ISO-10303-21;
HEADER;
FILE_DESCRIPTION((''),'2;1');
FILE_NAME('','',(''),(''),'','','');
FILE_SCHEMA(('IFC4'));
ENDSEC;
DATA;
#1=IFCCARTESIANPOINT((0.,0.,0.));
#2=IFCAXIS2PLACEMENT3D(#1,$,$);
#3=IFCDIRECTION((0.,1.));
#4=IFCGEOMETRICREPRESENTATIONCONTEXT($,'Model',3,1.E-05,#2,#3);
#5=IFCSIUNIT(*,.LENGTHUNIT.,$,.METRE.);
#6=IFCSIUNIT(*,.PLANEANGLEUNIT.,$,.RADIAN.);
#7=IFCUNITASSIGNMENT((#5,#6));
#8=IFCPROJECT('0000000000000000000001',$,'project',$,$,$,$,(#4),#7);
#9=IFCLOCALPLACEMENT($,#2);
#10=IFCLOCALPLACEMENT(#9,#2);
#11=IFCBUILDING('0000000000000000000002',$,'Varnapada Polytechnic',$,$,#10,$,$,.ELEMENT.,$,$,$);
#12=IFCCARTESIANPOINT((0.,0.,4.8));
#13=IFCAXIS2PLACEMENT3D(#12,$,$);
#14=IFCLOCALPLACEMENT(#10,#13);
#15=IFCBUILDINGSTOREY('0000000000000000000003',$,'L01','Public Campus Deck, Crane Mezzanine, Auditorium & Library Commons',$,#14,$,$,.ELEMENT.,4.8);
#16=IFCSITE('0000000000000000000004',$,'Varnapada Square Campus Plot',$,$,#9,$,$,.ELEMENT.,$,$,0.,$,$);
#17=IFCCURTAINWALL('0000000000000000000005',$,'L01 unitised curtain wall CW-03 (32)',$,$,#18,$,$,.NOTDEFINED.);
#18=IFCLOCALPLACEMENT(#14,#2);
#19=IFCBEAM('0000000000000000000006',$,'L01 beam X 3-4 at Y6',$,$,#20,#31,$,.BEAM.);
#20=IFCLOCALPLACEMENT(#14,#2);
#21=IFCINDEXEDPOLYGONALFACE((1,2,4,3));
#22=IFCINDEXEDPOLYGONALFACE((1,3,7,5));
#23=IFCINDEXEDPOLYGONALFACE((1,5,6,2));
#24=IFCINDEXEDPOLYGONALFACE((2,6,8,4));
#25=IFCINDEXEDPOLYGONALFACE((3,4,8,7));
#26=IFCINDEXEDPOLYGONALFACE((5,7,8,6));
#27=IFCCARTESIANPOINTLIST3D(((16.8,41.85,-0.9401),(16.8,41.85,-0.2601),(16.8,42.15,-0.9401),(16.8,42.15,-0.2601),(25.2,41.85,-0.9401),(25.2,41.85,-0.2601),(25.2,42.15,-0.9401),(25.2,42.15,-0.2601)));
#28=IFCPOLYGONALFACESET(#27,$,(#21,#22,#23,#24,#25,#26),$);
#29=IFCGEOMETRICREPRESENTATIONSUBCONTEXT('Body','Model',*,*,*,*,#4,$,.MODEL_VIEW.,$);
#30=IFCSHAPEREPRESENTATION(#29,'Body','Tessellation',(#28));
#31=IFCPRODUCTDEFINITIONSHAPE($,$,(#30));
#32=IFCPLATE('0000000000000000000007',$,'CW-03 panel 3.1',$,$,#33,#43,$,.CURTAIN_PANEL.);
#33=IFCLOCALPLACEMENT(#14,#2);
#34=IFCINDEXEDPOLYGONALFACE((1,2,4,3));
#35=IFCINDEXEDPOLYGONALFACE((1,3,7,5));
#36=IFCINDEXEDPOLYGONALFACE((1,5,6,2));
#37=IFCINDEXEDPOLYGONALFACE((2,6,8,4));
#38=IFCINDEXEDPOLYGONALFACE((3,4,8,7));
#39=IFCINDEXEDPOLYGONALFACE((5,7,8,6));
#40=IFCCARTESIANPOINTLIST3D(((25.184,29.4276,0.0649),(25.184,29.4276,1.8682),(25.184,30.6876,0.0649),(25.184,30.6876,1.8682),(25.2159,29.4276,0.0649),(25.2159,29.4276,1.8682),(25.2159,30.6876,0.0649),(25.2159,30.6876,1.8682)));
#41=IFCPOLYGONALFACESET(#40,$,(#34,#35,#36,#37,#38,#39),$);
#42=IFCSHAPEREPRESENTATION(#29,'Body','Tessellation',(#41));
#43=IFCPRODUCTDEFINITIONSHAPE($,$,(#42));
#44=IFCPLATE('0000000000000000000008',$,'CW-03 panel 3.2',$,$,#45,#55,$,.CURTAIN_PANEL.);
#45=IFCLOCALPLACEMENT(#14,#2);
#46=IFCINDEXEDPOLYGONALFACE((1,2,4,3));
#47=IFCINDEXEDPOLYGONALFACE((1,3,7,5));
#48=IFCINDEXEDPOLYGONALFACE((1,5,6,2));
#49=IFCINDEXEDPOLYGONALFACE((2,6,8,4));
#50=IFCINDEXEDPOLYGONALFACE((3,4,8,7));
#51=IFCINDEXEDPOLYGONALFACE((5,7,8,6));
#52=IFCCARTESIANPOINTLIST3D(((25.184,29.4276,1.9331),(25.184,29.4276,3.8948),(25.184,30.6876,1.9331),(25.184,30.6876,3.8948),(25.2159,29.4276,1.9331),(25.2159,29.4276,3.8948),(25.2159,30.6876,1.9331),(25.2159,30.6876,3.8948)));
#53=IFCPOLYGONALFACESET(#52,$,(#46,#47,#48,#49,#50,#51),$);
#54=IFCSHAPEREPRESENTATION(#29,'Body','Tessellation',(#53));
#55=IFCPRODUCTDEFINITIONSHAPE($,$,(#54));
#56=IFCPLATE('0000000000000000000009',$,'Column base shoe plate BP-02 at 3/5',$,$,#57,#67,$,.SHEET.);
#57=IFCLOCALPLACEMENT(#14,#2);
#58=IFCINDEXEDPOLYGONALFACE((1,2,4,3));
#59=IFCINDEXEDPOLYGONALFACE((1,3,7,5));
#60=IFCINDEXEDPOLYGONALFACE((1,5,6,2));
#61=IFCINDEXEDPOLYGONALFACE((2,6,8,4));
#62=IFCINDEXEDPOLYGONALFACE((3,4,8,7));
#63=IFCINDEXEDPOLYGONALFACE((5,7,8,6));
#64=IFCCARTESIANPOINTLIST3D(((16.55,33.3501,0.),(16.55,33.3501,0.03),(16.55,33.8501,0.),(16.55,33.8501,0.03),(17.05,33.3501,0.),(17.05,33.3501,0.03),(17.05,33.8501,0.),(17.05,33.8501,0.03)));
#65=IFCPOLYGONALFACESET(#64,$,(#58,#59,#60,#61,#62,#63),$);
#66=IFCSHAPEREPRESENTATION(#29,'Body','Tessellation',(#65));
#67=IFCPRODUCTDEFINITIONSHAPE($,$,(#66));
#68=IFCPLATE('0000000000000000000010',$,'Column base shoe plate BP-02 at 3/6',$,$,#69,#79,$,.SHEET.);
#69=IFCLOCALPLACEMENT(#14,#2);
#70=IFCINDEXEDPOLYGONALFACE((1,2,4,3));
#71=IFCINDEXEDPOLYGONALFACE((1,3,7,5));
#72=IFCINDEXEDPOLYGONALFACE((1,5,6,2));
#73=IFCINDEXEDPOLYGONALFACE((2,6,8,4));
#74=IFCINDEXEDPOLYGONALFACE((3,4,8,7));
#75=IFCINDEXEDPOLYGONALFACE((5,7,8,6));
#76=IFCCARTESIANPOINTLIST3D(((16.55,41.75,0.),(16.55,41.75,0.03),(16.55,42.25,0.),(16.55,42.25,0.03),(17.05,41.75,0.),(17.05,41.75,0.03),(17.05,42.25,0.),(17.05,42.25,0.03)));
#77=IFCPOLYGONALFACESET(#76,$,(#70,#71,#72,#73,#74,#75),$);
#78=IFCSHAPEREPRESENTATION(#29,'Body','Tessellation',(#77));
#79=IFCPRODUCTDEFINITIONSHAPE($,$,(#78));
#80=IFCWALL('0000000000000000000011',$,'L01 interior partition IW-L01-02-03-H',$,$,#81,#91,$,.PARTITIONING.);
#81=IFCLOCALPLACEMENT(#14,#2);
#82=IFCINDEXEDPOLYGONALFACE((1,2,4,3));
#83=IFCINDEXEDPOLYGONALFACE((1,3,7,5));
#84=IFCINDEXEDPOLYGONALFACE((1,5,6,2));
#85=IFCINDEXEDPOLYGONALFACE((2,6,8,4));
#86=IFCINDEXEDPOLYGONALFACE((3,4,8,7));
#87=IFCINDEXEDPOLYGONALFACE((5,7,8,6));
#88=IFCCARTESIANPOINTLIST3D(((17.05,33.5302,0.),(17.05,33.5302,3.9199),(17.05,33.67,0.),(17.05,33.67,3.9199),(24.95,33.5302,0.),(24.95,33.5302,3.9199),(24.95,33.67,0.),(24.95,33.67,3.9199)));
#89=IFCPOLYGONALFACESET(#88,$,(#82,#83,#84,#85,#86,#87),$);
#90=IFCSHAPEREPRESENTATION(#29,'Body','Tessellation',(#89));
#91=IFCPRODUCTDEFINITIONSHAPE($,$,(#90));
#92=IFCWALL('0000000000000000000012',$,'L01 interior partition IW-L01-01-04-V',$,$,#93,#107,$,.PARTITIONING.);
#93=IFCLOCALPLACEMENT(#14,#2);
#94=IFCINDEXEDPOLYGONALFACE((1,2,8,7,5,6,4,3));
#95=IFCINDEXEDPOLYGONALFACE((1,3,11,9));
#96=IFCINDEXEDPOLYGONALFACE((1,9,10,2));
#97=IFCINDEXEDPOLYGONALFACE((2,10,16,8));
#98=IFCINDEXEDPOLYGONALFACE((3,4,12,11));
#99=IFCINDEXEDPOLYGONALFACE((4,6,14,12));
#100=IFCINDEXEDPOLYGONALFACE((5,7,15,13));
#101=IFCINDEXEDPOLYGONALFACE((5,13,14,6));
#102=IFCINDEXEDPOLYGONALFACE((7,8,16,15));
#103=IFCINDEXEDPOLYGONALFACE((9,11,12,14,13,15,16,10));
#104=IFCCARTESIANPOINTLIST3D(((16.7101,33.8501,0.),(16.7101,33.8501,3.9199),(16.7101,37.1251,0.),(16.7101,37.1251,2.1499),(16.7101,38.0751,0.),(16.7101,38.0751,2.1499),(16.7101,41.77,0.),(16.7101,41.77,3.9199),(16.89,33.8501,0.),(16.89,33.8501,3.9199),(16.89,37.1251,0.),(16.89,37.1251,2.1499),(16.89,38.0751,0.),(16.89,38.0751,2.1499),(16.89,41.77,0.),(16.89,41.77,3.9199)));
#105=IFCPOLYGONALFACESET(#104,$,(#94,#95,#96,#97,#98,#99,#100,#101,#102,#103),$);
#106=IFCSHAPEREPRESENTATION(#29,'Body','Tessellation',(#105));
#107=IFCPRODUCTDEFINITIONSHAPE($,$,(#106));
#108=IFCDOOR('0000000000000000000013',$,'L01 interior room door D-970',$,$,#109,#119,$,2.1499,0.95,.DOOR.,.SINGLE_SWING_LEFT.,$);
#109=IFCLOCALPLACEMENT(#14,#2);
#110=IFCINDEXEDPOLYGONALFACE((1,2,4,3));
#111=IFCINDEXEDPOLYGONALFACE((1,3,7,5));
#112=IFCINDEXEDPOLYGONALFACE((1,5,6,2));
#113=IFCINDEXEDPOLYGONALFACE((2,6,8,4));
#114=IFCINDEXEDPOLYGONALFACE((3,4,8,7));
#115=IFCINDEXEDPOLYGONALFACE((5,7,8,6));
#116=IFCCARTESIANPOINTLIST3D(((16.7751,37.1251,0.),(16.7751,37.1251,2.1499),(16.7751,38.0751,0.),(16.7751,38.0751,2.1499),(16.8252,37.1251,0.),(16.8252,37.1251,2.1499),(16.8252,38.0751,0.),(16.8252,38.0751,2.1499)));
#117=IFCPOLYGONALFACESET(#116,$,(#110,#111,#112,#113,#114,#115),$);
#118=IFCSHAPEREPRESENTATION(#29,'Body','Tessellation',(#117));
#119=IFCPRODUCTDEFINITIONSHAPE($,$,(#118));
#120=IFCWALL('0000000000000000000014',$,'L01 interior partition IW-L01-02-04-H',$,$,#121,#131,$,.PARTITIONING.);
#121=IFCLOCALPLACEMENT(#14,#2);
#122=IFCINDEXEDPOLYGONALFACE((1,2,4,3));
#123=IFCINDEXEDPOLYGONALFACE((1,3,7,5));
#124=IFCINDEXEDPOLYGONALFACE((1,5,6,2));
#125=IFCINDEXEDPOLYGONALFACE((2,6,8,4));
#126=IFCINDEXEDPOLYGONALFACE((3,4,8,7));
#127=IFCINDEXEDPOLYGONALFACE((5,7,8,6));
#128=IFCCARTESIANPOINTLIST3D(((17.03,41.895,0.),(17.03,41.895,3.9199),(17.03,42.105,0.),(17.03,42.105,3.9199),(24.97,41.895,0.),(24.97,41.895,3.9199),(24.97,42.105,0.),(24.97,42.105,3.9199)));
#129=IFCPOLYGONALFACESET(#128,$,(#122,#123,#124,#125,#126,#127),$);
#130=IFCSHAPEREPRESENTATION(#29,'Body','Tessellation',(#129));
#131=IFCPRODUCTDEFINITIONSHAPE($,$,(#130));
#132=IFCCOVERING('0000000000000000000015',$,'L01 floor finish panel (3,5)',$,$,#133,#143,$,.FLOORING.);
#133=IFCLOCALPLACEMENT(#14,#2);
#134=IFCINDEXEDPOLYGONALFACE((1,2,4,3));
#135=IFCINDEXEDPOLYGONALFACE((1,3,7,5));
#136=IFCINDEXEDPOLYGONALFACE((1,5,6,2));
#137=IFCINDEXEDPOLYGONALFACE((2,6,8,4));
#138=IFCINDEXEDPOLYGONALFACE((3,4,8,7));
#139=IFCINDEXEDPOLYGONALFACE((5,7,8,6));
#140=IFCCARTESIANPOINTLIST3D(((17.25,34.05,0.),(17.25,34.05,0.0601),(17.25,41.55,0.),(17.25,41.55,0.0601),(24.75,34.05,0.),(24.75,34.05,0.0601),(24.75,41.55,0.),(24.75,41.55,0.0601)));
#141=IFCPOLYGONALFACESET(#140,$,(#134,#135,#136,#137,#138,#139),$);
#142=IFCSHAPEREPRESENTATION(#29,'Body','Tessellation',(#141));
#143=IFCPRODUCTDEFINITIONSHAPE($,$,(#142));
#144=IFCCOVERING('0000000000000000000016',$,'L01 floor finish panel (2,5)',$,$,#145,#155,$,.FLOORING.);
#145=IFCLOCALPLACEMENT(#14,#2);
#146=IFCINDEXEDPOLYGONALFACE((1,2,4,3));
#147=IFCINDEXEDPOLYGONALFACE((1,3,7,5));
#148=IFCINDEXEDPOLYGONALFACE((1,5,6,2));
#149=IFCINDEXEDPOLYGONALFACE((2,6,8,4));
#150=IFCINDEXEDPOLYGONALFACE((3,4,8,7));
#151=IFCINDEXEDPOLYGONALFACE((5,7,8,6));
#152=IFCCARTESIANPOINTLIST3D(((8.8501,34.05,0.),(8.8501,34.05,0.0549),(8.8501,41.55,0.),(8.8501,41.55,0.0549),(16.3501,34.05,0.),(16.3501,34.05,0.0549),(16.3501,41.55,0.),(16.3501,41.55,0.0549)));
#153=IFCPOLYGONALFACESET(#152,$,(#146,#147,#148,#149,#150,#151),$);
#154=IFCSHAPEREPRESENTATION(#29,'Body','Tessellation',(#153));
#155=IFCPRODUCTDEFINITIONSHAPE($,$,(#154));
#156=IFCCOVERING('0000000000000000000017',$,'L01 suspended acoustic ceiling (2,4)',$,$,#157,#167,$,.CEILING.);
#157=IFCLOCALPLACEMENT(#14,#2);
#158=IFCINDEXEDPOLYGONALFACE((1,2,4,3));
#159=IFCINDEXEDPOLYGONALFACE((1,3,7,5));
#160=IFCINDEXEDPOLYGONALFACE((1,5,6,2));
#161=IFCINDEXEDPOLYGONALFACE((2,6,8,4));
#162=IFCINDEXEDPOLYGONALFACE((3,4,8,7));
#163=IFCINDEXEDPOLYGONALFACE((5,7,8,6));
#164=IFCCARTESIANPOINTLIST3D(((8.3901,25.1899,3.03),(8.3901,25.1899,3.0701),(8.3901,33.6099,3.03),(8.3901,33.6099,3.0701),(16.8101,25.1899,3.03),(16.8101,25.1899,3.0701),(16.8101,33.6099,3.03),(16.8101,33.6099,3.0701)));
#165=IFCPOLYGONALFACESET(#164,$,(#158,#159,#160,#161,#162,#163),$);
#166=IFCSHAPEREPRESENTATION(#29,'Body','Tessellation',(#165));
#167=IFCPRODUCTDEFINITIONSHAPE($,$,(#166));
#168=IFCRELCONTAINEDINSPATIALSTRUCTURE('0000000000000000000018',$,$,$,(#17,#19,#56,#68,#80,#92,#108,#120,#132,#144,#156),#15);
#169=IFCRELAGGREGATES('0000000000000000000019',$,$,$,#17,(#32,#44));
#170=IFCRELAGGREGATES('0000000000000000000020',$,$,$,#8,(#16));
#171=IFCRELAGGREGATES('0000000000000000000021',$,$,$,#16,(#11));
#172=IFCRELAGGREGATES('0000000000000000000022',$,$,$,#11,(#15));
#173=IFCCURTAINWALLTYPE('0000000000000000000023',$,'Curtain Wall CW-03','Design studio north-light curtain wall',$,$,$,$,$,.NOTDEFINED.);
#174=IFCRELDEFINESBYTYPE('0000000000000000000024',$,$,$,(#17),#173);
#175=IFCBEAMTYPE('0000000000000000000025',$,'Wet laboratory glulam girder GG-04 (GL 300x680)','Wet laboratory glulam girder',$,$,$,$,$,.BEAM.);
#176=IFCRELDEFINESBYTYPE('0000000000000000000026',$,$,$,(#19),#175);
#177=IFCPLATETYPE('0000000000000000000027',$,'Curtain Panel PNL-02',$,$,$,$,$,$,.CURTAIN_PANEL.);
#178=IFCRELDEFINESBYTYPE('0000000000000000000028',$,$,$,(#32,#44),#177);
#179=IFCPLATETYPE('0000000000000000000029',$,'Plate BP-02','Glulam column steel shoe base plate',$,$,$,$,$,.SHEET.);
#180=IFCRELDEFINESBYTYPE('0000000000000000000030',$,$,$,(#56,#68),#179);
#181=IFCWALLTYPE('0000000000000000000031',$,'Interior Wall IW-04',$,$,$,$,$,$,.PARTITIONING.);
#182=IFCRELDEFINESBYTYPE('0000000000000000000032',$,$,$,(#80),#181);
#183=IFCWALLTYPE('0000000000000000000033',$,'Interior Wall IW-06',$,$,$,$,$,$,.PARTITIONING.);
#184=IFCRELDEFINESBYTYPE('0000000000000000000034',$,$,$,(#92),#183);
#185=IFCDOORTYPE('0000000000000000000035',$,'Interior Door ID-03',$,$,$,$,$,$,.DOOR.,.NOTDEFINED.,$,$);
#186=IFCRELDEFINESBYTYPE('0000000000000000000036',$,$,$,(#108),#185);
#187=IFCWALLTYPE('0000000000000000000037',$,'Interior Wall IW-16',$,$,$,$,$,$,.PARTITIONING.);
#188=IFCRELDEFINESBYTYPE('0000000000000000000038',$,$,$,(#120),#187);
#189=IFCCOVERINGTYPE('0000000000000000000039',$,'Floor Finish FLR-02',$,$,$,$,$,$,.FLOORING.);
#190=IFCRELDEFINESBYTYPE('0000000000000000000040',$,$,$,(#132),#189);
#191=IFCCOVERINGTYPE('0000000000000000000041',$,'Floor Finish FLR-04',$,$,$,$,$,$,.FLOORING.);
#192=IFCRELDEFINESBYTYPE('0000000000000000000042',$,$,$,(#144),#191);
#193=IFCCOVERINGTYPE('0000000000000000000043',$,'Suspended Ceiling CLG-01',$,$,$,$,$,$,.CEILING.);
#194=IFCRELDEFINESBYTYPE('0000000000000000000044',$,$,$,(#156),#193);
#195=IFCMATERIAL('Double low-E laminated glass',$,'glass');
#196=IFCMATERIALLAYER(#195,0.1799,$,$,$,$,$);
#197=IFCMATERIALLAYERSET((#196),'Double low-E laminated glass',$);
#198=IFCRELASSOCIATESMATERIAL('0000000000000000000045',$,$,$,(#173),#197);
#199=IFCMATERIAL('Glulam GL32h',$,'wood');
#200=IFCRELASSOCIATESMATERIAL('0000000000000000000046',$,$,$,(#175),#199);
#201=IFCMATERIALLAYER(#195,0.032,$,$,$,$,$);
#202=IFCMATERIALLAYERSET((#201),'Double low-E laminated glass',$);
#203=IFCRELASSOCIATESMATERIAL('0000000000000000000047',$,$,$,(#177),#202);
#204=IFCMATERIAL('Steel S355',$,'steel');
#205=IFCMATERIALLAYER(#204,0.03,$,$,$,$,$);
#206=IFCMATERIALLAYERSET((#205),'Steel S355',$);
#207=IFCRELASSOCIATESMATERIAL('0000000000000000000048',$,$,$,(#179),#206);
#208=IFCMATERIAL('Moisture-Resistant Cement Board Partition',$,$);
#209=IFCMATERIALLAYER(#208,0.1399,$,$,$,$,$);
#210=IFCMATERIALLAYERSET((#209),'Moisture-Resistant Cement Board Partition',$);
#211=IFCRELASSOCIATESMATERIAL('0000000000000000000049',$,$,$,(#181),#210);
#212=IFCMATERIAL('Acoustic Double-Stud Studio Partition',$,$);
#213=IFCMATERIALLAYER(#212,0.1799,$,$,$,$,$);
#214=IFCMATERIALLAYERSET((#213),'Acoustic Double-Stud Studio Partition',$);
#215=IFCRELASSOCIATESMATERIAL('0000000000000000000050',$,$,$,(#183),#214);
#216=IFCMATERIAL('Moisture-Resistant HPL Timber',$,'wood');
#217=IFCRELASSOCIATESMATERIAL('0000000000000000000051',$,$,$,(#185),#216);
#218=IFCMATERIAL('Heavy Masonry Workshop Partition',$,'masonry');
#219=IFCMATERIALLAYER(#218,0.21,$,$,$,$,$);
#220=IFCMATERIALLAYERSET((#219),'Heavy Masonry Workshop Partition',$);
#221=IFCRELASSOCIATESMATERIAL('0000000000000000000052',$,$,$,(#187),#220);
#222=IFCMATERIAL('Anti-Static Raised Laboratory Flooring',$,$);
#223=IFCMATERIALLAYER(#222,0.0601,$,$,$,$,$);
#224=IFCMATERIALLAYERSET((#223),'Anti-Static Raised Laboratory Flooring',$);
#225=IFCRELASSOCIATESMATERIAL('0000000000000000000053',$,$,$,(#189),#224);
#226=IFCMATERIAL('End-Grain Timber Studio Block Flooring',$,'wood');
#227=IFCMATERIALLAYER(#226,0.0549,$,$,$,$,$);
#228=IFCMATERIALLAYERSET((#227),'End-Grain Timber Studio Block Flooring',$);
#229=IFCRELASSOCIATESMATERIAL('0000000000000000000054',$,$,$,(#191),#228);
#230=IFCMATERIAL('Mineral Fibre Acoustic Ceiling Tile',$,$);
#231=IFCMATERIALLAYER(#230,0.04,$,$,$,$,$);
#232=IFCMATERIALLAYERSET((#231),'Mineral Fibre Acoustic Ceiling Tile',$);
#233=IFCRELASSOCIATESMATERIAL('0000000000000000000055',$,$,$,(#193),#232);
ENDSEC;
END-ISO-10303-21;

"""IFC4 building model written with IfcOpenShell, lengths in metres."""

from ifc_helpers import new_model, si_unit, direction, frame, frame_2d, origin, origin_2d, place, context, subcontext, project, spatial, rectangle, extrude, material, layer, layer_set, material_profile, profile_set, type_object, element, fill, aggregate, save


model = new_model("IFC4")

# Units and contexts
model_context = context("Model", 3, precision=1e-05, world=origin(), true_north=direction((0.0, 1.0)))
body_context = subcontext(model_context, "Body", "Model", "MODEL_VIEW")
ifc_project = project(units=[si_unit("LENGTHUNIT", "METRE"), si_unit("PLANEANGLEUNIT", "RADIAN")], contexts=[model_context])

# Site, building, storey
site_placement = place(None, origin())
site = spatial("IfcSite", under=ifc_project, at=site_placement, Name="Varnapada Square Campus Plot", CompositionType="ELEMENT", RefElevation=0.0)
building_placement = place(site_placement, origin())
building = spatial("IfcBuilding", under=site, at=building_placement, Name="Varnapada Polytechnic", CompositionType="ELEMENT")
storey_placement = place(building_placement, frame((0.0, 0.0, 4.8)))
storey = spatial("IfcBuildingStorey", under=building, at=storey_placement, Name="L01", Description="Public Campus Deck, Crane Mezzanine, Auditorium & Library Commons", CompositionType="ELEMENT", Elevation=4.8)

# Shared definitions
ifc_material_1 = material(Name="Glulam GL32h", Category="wood")

# Curtain wall
ifc_material_2 = material(Name="Double low-E laminated glass", Category="glass")
ifc_layer_1 = layer(ifc_material_2, 0.1799)
ifc_layer_set_1 = layer_set([ifc_layer_1], Name="Double low-E laminated glass")
curtain_wall_type = type_object("IfcCurtainWallType", Name="Curtain Wall CW-03", Description="Design studio north-light curtain wall", PredefinedType="NOTDEFINED", material=ifc_layer_set_1)
curtain_wall_placement = place(storey_placement, origin())
curtain_wall = element("IfcCurtainWall", 1, at=curtain_wall_placement, inside=storey, type_object=curtain_wall_type, Name="L01 unitised curtain wall CW-03 (32)", PredefinedType="NOTDEFINED")

# Beam
ifc_material_profile_1 = material_profile(ifc_material_1, rectangle(XDim=0.3, YDim=0.6799, at=origin_2d()), Name="GL 300x680")
ifc_profile_set_1 = profile_set([ifc_material_profile_1], Name="Glulam GL32h")
beam_type_1 = type_object("IfcBeamType", Name="Wet laboratory glulam girder GG-04 (GL 300x680)", Description="Wet laboratory glulam girder", PredefinedType="BEAM", material=ifc_profile_set_1)
for number, where, z_axis, x_axis, name in (
    (2, (16.8, 42.0, -0.6001), (1.0, 0.0, 0.0), (0.0, 1.0, 0.0), "L01 beam X 3-4 at Y6"),
):
    element("IfcBeam", number, at=place(storey_placement, frame(where, z_axis=z_axis, x_axis=x_axis)), inside=storey, type_object=beam_type_1, Name=name, PredefinedType="BEAM", context=body_context, shape_type="SweptSolid", body=[
        extrude(rectangle(XDim=0.3, YDim=0.6799, at=origin_2d()), origin(), (0.0, 0.0, 1.0), 8.3999),
    ])

# Plates
ifc_layer_2 = layer(ifc_material_2, 0.032)
ifc_layer_set_2 = layer_set([ifc_layer_2], Name="Double low-E laminated glass")
plate_type_1 = type_object("IfcPlateType", Name="Curtain Panel PNL-02", PredefinedType="CURTAIN_PANEL", material=ifc_layer_set_2)
plate_1_placement = place(storey_placement, frame((25.2, 30.0576, 0.0649), z_axis=(0.0, 0.0, 1.0), x_axis=(0.0, -1.0, 0.0)))
plate_1 = element("IfcPlate", 3, at=plate_1_placement, type_object=plate_type_1, Name="CW-03 panel 3.1", PredefinedType="CURTAIN_PANEL", context=body_context, shape_type="SweptSolid", body=[
    extrude(rectangle(XDim=1.26, YDim=0.032, at=origin_2d()), origin(), (0.0, 0.0, 1.0), 1.8032),
])
plate_2_placement = place(storey_placement, frame((25.2, 30.0576, 1.9331), z_axis=(0.0, 0.0, 1.0), x_axis=(0.0, -1.0, 0.0)))
plate_2 = element("IfcPlate", 4, at=plate_2_placement, type_object=plate_type_1, Name="CW-03 panel 3.2", PredefinedType="CURTAIN_PANEL", context=body_context, shape_type="SweptSolid", body=[
    extrude(rectangle(XDim=1.26, YDim=0.032, at=origin_2d()), origin(), (0.0, 0.0, 1.0), 1.9617),
])
aggregate(curtain_wall, [plate_1, plate_2])

# Plates
ifc_material_3 = material(Name="Steel S355", Category="steel")
ifc_layer_3 = layer(ifc_material_3, 0.03)
ifc_layer_set_3 = layer_set([ifc_layer_3], Name="Steel S355")
plate_type_2 = type_object("IfcPlateType", Name="Plate BP-02", Description="Glulam column steel shoe base plate", PredefinedType="SHEET", material=ifc_layer_set_3)
for number, where, z_axis, x_axis, name in (
    (5, (16.8, 33.6001, 0.0), (0.0, 0.0, 1.0), (1.0, 0.0, 0.0), "Column base shoe plate BP-02 at 3/5"),
    (6, (16.8, 42.0, 0.0), (0.0, 0.0, 1.0), (1.0, 0.0, 0.0), "Column base shoe plate BP-02 at 3/6"),
):
    element("IfcPlate", number, at=place(storey_placement, frame(where, z_axis=z_axis, x_axis=x_axis)), inside=storey, type_object=plate_type_2, Name=name, PredefinedType="SHEET", context=body_context, shape_type="SweptSolid", body=[
        extrude(rectangle(XDim=0.5, YDim=0.5, at=origin_2d()), origin(), (0.0, 0.0, 1.0), 0.03),
    ])

# Wall
ifc_material_4 = material(Name="Moisture-Resistant Cement Board Partition")
ifc_layer_4 = layer(ifc_material_4, 0.1399)
ifc_layer_set_4 = layer_set([ifc_layer_4], Name="Moisture-Resistant Cement Board Partition")
wall_type_1 = type_object("IfcWallType", Name="Interior Wall IW-04", PredefinedType="PARTITIONING", material=ifc_layer_set_4)
wall_1_placement = place(storey_placement, frame((17.05, 33.6001, 0.0), z_axis=(0.0, 0.0, 1.0), x_axis=(1.0, 0.0, 0.0)))
element("IfcWall", 7, at=wall_1_placement, inside=storey, type_object=wall_type_1, Name="L01 interior partition IW-L01-02-03-H", PredefinedType="PARTITIONING", context=body_context, shape_type="SweptSolid", body=[
    extrude(rectangle(XDim=7.8999, YDim=0.1399, at=frame_2d((3.95, 0.0))), origin(), (0.0, 0.0, 1.0), 3.9199),
])

# Wall, opening, door
ifc_material_5 = material(Name="Acoustic Double-Stud Studio Partition")
ifc_layer_5 = layer(ifc_material_5, 0.1799)
ifc_layer_set_5 = layer_set([ifc_layer_5], Name="Acoustic Double-Stud Studio Partition")
wall_type_2 = type_object("IfcWallType", Name="Interior Wall IW-06", PredefinedType="PARTITIONING", material=ifc_layer_set_5)
wall_2_placement = place(storey_placement, frame((16.8, 33.8501, 0.0), z_axis=(0.0, 0.0, 1.0), x_axis=(0.0, 1.0, 0.0)))
wall_2 = element("IfcWall", 8, at=wall_2_placement, inside=storey, type_object=wall_type_2, Name="L01 interior partition IW-L01-01-04-V", PredefinedType="PARTITIONING", context=body_context, shape_type="SweptSolid", body=[
    extrude(rectangle(XDim=7.9199, YDim=0.1799, at=frame_2d((3.96, 0.0))), origin(), (0.0, 0.0, 1.0), 3.9199),
])
opening_placement = place(wall_2_placement, frame((3.2749, 0.0, 0.0)))
opening = element("IfcOpeningElement", 9, at=opening_placement, cuts=wall_2, PredefinedType="OPENING", context=body_context, shape_type="SweptSolid", body=[
    extrude(rectangle(XDim=0.95, YDim=2.1499, at=frame_2d((0.4751, 1.075))), frame((0.0, 0.0999, 0.0), z_axis=(0.0, -1.0, 0.0), x_axis=(1.0, 0.0, 0.0)), (0.0, 0.0, 1.0), 0.2),
])
ifc_material_6 = material(Name="Moisture-Resistant HPL Timber", Category="wood")
door_type = type_object("IfcDoorType", Name="Interior Door ID-03", OperationType="NOTDEFINED", PredefinedType="DOOR", material=ifc_material_6)
door_placement = place(opening_placement, origin())
door = element("IfcDoor", 10, at=door_placement, inside=storey, type_object=door_type, Name="L01 interior room door D-970", OperationType="SINGLE_SWING_LEFT", OverallHeight=2.1499, OverallWidth=0.95, PredefinedType="DOOR", context=body_context, shape_type="SweptSolid", body=[
    extrude(rectangle(XDim=0.95, YDim=2.1499, at=frame_2d((0.4751, 1.075))), frame((0.0, 0.0249, 0.0), z_axis=(0.0, -1.0, 0.0), x_axis=(1.0, 0.0, 0.0)), (0.0, 0.0, 1.0), 0.05),
])
fill(opening, door)

# Wall
ifc_material_7 = material(Name="Heavy Masonry Workshop Partition", Category="masonry")
ifc_layer_6 = layer(ifc_material_7, 0.21)
ifc_layer_set_6 = layer_set([ifc_layer_6], Name="Heavy Masonry Workshop Partition")
wall_type_3 = type_object("IfcWallType", Name="Interior Wall IW-16", PredefinedType="PARTITIONING", material=ifc_layer_set_6)
wall_3_placement = place(storey_placement, frame((17.03, 42.0, 0.0), z_axis=(0.0, 0.0, 1.0), x_axis=(1.0, 0.0, 0.0)))
element("IfcWall", 11, at=wall_3_placement, inside=storey, type_object=wall_type_3, Name="L01 interior partition IW-L01-02-04-H", PredefinedType="PARTITIONING", context=body_context, shape_type="SweptSolid", body=[
    extrude(rectangle(XDim=7.9399, YDim=0.21, at=frame_2d((3.97, 0.0))), origin(), (0.0, 0.0, 1.0), 3.9199),
])

# Coverings
ifc_material_8 = material(Name="Anti-Static Raised Laboratory Flooring")
ifc_layer_7 = layer(ifc_material_8, 0.0601)
ifc_layer_set_7 = layer_set([ifc_layer_7], Name="Anti-Static Raised Laboratory Flooring")
covering_type_1 = type_object("IfcCoveringType", Name="Floor Finish FLR-02", PredefinedType="FLOORING", material=ifc_layer_set_7)
covering_1_placement = place(storey_placement, frame((21.0, 37.8, 0.0), z_axis=(0.0, 0.0, 1.0), x_axis=(1.0, 0.0, 0.0)))
element("IfcCovering", 12, at=covering_1_placement, inside=storey, type_object=covering_type_1, Name="L01 floor finish panel (3,5)", PredefinedType="FLOORING", context=body_context, shape_type="SweptSolid", body=[
    extrude(rectangle(XDim=7.5, YDim=7.5, at=origin_2d()), origin(), (0.0, 0.0, 1.0), 0.0601),
])
ifc_material_9 = material(Name="End-Grain Timber Studio Block Flooring", Category="wood")
ifc_layer_8 = layer(ifc_material_9, 0.0549)
ifc_layer_set_8 = layer_set([ifc_layer_8], Name="End-Grain Timber Studio Block Flooring")
covering_type_2 = type_object("IfcCoveringType", Name="Floor Finish FLR-04", PredefinedType="FLOORING", material=ifc_layer_set_8)
covering_2_placement = place(storey_placement, frame((12.6001, 37.8, 0.0), z_axis=(0.0, 0.0, 1.0), x_axis=(1.0, 0.0, 0.0)))
element("IfcCovering", 13, at=covering_2_placement, inside=storey, type_object=covering_type_2, Name="L01 floor finish panel (2,5)", PredefinedType="FLOORING", context=body_context, shape_type="SweptSolid", body=[
    extrude(rectangle(XDim=7.5, YDim=7.5, at=origin_2d()), origin(), (0.0, 0.0, 1.0), 0.0549),
])
ifc_material_10 = material(Name="Mineral Fibre Acoustic Ceiling Tile")
ifc_layer_9 = layer(ifc_material_10, 0.04)
ifc_layer_set_9 = layer_set([ifc_layer_9], Name="Mineral Fibre Acoustic Ceiling Tile")
covering_type_3 = type_object("IfcCoveringType", Name="Suspended Ceiling CLG-01", PredefinedType="CEILING", material=ifc_layer_set_9)
covering_3_placement = place(storey_placement, frame((12.6001, 29.3999, 3.03), z_axis=(0.0, 0.0, 1.0), x_axis=(1.0, 0.0, 0.0)))
element("IfcCovering", 14, at=covering_3_placement, inside=storey, type_object=covering_type_3, Name="L01 suspended acoustic ceiling (2,4)", PredefinedType="CEILING", context=body_context, shape_type="SweptSolid", body=[
    extrude(rectangle(XDim=8.4199, YDim=8.4199, at=origin_2d()), origin(), (0.0, 0.0, 1.0), 0.04),
])

save(model, "model.ifc")
